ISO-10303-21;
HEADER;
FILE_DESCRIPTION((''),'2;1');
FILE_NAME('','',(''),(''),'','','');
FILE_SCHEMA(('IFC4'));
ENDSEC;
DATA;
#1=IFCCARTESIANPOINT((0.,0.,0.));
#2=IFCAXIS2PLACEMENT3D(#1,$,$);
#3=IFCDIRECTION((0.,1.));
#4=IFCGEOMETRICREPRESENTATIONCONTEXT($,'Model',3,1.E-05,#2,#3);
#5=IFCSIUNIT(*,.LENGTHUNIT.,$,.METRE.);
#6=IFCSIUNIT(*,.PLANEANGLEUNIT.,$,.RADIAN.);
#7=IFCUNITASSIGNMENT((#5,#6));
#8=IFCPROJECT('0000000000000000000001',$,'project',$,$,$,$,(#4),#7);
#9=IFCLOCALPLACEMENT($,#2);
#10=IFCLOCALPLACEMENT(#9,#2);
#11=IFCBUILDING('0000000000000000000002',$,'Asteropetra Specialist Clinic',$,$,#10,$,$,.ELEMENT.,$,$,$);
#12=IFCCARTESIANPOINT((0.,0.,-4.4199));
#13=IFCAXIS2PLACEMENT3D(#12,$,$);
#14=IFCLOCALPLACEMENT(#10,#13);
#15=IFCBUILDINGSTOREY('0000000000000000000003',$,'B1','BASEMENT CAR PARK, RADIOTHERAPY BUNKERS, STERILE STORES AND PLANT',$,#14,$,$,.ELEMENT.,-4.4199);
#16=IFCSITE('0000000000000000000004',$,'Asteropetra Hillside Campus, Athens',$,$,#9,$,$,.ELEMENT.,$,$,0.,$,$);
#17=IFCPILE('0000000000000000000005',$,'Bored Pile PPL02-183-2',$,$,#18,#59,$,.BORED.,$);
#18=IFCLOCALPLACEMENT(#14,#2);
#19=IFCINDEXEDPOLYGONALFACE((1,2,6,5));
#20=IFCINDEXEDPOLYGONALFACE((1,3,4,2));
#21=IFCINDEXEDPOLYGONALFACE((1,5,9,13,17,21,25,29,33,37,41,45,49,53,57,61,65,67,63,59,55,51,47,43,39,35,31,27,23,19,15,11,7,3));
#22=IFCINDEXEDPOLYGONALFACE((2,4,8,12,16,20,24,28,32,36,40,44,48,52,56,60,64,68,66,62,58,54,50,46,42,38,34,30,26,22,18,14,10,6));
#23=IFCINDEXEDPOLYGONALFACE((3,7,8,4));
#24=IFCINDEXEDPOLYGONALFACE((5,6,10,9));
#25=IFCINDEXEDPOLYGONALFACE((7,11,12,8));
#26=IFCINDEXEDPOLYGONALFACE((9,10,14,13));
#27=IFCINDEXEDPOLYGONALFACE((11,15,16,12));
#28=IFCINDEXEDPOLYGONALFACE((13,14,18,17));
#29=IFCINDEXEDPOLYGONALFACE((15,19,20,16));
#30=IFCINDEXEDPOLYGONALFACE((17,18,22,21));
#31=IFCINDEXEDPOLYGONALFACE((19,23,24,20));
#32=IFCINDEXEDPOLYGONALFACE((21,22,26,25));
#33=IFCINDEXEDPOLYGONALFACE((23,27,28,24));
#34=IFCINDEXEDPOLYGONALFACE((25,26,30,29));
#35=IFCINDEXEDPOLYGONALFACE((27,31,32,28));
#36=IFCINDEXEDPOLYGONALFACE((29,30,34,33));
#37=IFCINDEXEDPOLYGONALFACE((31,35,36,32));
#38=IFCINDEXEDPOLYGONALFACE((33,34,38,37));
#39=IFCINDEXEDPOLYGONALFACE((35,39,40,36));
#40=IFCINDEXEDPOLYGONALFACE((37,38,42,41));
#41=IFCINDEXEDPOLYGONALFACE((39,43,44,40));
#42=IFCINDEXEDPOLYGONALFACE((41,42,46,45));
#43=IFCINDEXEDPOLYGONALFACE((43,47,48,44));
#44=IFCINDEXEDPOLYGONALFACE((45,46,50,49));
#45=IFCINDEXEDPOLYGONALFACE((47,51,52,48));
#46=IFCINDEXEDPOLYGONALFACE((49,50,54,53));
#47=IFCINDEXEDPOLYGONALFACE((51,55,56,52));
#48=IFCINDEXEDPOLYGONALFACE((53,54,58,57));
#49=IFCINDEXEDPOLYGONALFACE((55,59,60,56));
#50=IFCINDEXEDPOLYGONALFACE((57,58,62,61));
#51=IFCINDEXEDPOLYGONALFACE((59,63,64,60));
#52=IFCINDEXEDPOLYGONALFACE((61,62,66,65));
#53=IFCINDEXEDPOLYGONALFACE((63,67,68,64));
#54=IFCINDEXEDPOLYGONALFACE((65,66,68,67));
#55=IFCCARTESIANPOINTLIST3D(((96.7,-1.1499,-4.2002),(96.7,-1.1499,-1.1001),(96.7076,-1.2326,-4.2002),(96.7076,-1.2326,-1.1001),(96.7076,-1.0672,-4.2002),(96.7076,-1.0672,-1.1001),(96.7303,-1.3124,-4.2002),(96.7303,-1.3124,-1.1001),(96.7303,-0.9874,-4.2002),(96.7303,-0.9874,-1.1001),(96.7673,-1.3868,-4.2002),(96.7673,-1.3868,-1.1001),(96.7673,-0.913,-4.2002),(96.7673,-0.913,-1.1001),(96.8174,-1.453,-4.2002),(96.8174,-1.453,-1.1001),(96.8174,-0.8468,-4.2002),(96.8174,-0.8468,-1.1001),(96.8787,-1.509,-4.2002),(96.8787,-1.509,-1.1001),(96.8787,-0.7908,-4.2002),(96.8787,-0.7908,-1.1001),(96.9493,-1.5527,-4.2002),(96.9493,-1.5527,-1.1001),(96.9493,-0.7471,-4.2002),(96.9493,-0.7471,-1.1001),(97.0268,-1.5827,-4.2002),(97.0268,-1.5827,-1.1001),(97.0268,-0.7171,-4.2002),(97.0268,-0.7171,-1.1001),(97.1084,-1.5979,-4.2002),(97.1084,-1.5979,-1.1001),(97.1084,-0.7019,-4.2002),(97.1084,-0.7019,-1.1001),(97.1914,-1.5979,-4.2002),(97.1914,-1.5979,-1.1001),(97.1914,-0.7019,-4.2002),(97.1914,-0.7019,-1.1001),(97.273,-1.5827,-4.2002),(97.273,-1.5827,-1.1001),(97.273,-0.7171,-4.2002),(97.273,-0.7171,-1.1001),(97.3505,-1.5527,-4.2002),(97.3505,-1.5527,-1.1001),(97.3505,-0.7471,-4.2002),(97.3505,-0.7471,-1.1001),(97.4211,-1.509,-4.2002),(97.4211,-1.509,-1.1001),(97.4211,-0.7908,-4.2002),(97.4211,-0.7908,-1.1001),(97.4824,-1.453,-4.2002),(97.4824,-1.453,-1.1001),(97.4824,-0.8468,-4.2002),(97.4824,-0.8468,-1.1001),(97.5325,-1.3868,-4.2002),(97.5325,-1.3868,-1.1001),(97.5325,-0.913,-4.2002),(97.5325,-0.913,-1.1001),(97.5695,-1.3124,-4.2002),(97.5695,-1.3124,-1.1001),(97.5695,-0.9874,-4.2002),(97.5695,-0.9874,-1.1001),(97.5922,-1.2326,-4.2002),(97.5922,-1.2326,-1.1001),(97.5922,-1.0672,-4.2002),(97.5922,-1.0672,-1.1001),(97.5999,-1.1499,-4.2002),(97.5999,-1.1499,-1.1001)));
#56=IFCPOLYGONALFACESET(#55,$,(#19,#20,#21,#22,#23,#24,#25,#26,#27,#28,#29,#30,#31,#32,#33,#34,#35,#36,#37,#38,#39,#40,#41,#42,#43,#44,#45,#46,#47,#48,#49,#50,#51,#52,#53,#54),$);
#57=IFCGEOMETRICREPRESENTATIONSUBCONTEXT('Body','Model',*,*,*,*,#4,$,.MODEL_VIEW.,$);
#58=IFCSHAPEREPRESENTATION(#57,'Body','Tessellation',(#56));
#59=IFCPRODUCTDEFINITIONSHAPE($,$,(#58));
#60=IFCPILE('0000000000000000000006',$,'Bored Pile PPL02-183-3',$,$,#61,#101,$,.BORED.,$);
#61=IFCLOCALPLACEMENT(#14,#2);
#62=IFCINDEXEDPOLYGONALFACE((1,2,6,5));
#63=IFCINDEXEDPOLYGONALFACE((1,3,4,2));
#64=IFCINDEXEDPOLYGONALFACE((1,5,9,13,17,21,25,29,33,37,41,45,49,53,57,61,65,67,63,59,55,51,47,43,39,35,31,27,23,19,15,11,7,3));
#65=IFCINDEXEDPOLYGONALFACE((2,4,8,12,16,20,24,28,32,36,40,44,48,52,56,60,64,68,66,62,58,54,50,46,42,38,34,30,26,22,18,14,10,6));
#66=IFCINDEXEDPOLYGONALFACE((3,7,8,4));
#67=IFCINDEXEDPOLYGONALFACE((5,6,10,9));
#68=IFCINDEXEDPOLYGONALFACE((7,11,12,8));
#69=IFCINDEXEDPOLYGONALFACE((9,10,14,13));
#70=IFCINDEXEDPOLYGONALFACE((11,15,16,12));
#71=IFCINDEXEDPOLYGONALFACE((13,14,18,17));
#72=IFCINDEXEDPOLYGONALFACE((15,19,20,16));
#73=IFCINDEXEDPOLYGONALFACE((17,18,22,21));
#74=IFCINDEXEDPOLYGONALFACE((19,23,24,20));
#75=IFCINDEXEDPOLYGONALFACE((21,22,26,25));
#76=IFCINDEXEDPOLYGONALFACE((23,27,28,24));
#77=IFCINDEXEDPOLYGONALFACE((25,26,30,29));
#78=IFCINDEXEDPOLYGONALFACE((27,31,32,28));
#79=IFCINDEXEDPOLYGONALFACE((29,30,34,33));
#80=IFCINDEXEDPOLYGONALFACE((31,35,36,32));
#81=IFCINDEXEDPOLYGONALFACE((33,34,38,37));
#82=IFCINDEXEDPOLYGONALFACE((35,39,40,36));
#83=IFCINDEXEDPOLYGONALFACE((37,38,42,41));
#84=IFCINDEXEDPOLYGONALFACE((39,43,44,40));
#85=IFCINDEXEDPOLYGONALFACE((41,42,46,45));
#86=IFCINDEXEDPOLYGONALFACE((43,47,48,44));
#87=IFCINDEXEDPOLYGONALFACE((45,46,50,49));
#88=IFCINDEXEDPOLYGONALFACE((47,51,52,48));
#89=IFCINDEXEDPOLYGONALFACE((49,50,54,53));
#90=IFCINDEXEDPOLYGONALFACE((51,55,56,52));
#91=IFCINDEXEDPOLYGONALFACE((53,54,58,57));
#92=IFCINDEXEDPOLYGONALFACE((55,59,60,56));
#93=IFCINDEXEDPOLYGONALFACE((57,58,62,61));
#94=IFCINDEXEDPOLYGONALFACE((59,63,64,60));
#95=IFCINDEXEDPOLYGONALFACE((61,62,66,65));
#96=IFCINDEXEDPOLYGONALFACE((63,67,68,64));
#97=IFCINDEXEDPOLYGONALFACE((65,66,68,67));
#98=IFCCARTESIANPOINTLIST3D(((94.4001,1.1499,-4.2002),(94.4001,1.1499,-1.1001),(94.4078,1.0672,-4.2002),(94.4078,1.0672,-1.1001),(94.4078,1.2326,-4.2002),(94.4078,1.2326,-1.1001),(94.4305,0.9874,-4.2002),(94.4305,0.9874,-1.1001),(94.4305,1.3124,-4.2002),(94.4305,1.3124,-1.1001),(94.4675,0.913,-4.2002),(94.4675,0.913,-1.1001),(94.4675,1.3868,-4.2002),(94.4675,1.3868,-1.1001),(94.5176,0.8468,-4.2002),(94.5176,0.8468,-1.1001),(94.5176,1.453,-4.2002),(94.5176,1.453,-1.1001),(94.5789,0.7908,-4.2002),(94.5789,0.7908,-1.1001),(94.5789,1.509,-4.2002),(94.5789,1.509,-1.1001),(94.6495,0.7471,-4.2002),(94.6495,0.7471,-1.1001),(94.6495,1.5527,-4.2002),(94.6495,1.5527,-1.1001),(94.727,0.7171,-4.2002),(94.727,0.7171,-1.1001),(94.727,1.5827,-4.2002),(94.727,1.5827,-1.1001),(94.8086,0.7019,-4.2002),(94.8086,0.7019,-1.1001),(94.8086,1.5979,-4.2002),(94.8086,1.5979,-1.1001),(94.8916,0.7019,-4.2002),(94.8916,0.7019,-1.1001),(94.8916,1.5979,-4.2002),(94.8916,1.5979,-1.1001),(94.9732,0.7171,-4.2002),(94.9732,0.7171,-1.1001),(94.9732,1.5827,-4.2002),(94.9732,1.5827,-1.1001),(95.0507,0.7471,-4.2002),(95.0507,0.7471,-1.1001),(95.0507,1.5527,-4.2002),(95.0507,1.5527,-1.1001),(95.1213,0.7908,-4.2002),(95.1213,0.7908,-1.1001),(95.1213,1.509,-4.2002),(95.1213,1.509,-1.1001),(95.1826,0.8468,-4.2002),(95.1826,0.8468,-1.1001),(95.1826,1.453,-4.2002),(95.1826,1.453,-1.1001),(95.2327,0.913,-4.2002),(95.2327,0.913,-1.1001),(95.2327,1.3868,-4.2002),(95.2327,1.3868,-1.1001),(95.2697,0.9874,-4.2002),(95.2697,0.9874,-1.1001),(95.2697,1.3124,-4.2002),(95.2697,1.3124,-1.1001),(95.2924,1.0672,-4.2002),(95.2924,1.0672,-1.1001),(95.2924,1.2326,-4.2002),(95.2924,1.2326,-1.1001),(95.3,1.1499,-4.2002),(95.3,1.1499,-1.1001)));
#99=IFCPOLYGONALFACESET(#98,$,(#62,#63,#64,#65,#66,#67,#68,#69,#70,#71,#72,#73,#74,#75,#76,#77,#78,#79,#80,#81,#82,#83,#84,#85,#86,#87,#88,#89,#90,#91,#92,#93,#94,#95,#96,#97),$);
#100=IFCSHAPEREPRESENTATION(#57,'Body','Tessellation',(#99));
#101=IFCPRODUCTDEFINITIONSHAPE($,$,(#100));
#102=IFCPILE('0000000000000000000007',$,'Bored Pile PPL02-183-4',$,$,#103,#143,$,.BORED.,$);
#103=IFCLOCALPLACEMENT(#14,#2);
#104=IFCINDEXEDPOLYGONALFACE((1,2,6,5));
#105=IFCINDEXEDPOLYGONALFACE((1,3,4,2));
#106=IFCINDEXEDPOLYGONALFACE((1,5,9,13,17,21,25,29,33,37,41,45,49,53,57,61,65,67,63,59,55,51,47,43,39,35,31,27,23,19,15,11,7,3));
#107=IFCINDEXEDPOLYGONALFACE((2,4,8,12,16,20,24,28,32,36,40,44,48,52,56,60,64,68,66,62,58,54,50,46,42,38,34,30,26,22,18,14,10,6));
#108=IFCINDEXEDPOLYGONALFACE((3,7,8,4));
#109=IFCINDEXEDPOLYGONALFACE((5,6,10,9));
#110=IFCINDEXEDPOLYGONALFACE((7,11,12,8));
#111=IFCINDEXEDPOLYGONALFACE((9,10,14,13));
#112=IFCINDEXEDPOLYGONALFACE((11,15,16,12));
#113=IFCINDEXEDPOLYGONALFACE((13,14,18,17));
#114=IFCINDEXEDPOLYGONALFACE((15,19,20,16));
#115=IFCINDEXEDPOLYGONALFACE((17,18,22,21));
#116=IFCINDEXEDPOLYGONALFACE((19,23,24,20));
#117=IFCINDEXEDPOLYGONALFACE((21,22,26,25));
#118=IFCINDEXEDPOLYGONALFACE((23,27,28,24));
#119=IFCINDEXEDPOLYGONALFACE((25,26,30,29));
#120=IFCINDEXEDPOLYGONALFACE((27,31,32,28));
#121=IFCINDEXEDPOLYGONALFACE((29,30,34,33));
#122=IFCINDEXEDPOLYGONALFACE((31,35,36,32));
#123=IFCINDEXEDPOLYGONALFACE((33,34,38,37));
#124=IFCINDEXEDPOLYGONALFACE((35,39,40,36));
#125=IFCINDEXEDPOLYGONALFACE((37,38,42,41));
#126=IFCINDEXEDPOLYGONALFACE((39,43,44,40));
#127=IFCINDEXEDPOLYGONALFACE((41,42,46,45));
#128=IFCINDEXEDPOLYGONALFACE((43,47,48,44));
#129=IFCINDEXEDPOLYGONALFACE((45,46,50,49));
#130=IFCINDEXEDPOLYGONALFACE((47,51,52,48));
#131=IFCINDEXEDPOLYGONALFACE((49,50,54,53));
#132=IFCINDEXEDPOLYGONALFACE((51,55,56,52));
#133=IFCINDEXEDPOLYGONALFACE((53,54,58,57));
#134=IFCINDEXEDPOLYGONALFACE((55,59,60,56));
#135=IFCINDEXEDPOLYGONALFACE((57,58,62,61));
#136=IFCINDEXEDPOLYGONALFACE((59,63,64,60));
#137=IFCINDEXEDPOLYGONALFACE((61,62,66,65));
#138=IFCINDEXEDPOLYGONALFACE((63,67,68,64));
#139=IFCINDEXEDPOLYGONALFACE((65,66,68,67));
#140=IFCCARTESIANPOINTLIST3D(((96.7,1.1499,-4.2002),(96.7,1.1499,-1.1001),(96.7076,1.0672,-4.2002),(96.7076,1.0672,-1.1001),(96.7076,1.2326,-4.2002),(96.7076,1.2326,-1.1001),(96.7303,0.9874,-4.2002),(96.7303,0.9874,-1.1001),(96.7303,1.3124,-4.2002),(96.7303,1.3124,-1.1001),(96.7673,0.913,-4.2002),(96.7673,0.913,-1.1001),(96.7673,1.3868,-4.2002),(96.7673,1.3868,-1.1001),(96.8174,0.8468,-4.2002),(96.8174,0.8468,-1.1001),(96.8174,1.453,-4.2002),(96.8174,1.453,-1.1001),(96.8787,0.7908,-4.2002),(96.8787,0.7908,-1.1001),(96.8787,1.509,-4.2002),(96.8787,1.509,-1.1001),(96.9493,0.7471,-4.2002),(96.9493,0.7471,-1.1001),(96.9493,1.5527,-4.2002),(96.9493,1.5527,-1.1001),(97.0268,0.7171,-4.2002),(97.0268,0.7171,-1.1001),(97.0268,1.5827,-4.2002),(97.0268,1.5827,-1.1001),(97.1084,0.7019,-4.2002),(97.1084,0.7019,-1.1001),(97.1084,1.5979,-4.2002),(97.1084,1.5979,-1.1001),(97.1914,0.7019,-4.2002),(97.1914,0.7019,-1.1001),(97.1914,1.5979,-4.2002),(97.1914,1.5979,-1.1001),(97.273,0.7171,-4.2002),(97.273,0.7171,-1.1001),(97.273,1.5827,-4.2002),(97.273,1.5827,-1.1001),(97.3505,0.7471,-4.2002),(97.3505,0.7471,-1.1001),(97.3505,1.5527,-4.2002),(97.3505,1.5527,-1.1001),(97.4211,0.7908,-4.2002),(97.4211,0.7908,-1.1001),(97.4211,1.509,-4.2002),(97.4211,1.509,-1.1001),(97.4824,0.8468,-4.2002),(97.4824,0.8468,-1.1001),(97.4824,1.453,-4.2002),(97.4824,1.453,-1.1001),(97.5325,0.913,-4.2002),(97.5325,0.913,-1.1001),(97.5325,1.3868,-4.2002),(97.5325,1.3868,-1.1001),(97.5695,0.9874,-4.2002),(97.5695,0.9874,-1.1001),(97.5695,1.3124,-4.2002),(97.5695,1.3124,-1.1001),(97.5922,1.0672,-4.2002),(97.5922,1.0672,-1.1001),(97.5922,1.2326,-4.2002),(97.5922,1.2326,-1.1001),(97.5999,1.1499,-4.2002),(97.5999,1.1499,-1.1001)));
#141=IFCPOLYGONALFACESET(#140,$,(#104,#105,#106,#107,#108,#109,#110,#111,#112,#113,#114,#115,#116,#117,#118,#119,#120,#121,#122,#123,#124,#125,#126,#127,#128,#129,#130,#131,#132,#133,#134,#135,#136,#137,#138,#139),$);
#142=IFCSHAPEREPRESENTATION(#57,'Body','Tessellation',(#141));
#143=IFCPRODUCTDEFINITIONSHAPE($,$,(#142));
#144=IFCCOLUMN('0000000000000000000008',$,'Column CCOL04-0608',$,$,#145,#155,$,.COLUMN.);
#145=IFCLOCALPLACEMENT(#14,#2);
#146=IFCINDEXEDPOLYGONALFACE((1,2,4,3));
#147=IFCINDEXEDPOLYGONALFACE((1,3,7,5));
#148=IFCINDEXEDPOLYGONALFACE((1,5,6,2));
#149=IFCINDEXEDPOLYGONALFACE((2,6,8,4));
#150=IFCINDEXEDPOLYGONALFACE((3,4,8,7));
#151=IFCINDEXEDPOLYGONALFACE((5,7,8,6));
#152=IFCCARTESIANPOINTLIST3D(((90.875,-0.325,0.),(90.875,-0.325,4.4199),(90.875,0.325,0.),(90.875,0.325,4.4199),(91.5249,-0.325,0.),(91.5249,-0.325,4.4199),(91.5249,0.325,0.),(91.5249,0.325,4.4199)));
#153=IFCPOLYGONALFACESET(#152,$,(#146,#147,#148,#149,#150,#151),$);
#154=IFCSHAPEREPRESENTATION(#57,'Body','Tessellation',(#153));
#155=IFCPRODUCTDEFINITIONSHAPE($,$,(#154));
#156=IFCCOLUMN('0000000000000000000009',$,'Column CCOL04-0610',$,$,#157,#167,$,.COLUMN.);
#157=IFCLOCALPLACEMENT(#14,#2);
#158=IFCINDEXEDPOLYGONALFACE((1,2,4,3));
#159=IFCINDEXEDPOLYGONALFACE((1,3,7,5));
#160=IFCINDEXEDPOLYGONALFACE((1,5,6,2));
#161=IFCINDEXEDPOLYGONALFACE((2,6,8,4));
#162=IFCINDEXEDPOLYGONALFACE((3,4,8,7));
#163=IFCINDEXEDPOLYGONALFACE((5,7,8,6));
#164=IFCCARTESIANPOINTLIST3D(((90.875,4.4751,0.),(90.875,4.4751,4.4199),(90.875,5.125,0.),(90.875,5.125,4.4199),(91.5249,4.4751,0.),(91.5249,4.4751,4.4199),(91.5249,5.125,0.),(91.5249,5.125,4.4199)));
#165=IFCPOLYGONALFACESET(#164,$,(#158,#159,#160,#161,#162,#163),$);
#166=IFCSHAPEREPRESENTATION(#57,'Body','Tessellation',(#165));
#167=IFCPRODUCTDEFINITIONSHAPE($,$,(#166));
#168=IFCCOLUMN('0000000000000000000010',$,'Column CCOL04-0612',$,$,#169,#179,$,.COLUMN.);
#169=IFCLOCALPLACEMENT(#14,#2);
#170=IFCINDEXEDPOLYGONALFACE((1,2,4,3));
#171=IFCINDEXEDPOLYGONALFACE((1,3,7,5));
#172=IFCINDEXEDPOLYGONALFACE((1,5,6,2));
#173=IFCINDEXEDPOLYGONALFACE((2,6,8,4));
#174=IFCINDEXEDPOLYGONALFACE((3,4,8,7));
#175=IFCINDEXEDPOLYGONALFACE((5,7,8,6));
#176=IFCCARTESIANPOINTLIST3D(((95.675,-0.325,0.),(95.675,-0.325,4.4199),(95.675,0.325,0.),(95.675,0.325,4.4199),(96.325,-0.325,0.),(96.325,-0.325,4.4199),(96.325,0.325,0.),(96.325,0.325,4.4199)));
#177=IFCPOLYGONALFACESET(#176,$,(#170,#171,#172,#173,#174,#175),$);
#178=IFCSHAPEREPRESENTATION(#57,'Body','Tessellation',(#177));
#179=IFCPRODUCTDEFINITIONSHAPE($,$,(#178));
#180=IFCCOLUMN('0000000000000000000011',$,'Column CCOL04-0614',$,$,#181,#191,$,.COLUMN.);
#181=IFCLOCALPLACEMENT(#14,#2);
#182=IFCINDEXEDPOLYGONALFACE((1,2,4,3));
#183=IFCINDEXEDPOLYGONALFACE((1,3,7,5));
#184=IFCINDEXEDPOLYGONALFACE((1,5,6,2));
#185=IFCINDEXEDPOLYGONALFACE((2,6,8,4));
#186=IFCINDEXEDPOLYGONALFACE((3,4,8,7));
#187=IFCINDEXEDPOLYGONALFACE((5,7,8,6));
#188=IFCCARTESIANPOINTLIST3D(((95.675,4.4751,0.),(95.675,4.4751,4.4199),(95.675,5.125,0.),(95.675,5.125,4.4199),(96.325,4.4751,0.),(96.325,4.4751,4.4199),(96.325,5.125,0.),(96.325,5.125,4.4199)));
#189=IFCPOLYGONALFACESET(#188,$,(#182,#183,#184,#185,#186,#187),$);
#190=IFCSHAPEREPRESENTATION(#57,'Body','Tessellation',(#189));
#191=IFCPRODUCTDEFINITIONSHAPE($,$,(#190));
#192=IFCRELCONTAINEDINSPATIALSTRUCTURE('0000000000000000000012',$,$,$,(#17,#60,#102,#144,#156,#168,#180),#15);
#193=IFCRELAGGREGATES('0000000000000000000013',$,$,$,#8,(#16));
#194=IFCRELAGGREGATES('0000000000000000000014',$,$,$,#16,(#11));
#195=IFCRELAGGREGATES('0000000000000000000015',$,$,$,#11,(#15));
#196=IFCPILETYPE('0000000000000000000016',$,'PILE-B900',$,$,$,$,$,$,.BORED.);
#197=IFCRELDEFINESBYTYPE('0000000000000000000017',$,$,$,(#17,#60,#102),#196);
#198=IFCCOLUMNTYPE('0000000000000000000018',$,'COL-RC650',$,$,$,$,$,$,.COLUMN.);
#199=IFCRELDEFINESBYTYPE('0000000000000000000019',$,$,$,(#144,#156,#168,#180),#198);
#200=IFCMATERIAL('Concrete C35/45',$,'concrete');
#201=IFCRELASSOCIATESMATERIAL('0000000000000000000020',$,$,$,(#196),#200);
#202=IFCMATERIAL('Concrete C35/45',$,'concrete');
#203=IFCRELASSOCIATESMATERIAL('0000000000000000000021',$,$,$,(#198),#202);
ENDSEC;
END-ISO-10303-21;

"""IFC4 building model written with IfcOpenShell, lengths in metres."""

from ifc_helpers import new_model, si_unit, direction, frame, origin, origin_2d, place, context, subcontext, project, spatial, rectangle, circle, extrude, material, material_profile, profile_set, type_object, element, save


model = new_model("IFC4")

# Units and contexts
model_context = context("Model", 3, precision=1e-05, world=origin(), true_north=direction((0.0, 1.0)))
body_context = subcontext(model_context, "Body", "Model", "MODEL_VIEW")
ifc_project = project(units=[si_unit("LENGTHUNIT", "METRE"), si_unit("PLANEANGLEUNIT", "RADIAN")], contexts=[model_context])

# Site, building, storey
site_placement = place(None, origin())
site = spatial("IfcSite", under=ifc_project, at=site_placement, Name="Asteropetra Hillside Campus, Athens", CompositionType="ELEMENT", RefElevation=0.0)
building_placement = place(site_placement, origin())
building = spatial("IfcBuilding", under=site, at=building_placement, Name="Asteropetra Specialist Clinic", CompositionType="ELEMENT")
storey_placement = place(building_placement, frame((0.0, 0.0, -4.4199)))
storey = spatial("IfcBuildingStorey", under=building, at=storey_placement, Name="B1", Description="BASEMENT CAR PARK, RADIOTHERAPY BUNKERS, STERILE STORES AND PLANT", CompositionType="ELEMENT", Elevation=-4.4199)

# Piles
ifc_material_1 = material(Name="Concrete C35/45", Category="concrete")
ifc_material_profile_1 = material_profile(ifc_material_1, circle(Radius=0.45, at=origin_2d()), Name="PILE D900")
ifc_profile_set_1 = profile_set([ifc_material_profile_1], Name="Concrete C35/45")
pile_type_1 = type_object("IfcPileType", Name="PILE-B900", PredefinedType="BORED", material=ifc_profile_set_1)
for number, where, z_axis, x_axis, name in (
    (1, (97.1499, -1.1499, -1.1001), (0.0, 0.0, -1.0), (1.0, 0.0, 0.0), "Bored Pile PPL02-183-2"),
    (2, (94.8501, 1.1499, -1.1001), (0.0, 0.0, -1.0), (1.0, 0.0, 0.0), "Bored Pile PPL02-183-3"),
    (3, (97.1499, 1.1499, -1.1001), (0.0, 0.0, -1.0), (1.0, 0.0, 0.0), "Bored Pile PPL02-183-4"),
):
    element("IfcPile", number, at=place(storey_placement, frame(where, z_axis=z_axis, x_axis=x_axis)), inside=storey, type_object=pile_type_1, Name=name, PredefinedType="BORED", context=body_context, shape_type="SweptSolid", body=[
        extrude(circle(Radius=0.45, at=origin_2d()), origin(), (0.0, 0.0, 1.0), 3.1001),
    ])

# Columns
ifc_material_2 = material(Name="Concrete C35/45", Category="concrete")
ifc_material_profile_2 = material_profile(ifc_material_2, rectangle(XDim=0.6499, YDim=0.6499, at=origin_2d()), Name="RC 650x650")
ifc_profile_set_2 = profile_set([ifc_material_profile_2], Name="Concrete C35/45")
column_type = type_object("IfcColumnType", Name="COL-RC650", PredefinedType="COLUMN", material=ifc_profile_set_2)
for number, where, z_axis, x_axis, name in (
    (4, (91.2, 0.0, 0.0), (0.0, 0.0, 1.0), (1.0, 0.0, 0.0), "Column CCOL04-0608"),
    (5, (91.2, 4.8, 0.0), (0.0, 0.0, 1.0), (1.0, 0.0, 0.0), "Column CCOL04-0610"),
    (6, (96.0, 0.0, 0.0), (0.0, 0.0, 1.0), (1.0, 0.0, 0.0), "Column CCOL04-0612"),
    (7, (96.0, 4.8, 0.0), (0.0, 0.0, 1.0), (1.0, 0.0, 0.0), "Column CCOL04-0614"),
):
    element("IfcColumn", number, at=place(storey_placement, frame(where, z_axis=z_axis, x_axis=x_axis)), inside=storey, type_object=column_type, Name=name, PredefinedType="COLUMN", context=body_context, shape_type="SweptSolid", body=[
        extrude(rectangle(XDim=0.6499, YDim=0.6499, at=origin_2d()), origin(), (0.0, 0.0, 1.0), 4.4199),
    ])

save(model, "model.ifc")
